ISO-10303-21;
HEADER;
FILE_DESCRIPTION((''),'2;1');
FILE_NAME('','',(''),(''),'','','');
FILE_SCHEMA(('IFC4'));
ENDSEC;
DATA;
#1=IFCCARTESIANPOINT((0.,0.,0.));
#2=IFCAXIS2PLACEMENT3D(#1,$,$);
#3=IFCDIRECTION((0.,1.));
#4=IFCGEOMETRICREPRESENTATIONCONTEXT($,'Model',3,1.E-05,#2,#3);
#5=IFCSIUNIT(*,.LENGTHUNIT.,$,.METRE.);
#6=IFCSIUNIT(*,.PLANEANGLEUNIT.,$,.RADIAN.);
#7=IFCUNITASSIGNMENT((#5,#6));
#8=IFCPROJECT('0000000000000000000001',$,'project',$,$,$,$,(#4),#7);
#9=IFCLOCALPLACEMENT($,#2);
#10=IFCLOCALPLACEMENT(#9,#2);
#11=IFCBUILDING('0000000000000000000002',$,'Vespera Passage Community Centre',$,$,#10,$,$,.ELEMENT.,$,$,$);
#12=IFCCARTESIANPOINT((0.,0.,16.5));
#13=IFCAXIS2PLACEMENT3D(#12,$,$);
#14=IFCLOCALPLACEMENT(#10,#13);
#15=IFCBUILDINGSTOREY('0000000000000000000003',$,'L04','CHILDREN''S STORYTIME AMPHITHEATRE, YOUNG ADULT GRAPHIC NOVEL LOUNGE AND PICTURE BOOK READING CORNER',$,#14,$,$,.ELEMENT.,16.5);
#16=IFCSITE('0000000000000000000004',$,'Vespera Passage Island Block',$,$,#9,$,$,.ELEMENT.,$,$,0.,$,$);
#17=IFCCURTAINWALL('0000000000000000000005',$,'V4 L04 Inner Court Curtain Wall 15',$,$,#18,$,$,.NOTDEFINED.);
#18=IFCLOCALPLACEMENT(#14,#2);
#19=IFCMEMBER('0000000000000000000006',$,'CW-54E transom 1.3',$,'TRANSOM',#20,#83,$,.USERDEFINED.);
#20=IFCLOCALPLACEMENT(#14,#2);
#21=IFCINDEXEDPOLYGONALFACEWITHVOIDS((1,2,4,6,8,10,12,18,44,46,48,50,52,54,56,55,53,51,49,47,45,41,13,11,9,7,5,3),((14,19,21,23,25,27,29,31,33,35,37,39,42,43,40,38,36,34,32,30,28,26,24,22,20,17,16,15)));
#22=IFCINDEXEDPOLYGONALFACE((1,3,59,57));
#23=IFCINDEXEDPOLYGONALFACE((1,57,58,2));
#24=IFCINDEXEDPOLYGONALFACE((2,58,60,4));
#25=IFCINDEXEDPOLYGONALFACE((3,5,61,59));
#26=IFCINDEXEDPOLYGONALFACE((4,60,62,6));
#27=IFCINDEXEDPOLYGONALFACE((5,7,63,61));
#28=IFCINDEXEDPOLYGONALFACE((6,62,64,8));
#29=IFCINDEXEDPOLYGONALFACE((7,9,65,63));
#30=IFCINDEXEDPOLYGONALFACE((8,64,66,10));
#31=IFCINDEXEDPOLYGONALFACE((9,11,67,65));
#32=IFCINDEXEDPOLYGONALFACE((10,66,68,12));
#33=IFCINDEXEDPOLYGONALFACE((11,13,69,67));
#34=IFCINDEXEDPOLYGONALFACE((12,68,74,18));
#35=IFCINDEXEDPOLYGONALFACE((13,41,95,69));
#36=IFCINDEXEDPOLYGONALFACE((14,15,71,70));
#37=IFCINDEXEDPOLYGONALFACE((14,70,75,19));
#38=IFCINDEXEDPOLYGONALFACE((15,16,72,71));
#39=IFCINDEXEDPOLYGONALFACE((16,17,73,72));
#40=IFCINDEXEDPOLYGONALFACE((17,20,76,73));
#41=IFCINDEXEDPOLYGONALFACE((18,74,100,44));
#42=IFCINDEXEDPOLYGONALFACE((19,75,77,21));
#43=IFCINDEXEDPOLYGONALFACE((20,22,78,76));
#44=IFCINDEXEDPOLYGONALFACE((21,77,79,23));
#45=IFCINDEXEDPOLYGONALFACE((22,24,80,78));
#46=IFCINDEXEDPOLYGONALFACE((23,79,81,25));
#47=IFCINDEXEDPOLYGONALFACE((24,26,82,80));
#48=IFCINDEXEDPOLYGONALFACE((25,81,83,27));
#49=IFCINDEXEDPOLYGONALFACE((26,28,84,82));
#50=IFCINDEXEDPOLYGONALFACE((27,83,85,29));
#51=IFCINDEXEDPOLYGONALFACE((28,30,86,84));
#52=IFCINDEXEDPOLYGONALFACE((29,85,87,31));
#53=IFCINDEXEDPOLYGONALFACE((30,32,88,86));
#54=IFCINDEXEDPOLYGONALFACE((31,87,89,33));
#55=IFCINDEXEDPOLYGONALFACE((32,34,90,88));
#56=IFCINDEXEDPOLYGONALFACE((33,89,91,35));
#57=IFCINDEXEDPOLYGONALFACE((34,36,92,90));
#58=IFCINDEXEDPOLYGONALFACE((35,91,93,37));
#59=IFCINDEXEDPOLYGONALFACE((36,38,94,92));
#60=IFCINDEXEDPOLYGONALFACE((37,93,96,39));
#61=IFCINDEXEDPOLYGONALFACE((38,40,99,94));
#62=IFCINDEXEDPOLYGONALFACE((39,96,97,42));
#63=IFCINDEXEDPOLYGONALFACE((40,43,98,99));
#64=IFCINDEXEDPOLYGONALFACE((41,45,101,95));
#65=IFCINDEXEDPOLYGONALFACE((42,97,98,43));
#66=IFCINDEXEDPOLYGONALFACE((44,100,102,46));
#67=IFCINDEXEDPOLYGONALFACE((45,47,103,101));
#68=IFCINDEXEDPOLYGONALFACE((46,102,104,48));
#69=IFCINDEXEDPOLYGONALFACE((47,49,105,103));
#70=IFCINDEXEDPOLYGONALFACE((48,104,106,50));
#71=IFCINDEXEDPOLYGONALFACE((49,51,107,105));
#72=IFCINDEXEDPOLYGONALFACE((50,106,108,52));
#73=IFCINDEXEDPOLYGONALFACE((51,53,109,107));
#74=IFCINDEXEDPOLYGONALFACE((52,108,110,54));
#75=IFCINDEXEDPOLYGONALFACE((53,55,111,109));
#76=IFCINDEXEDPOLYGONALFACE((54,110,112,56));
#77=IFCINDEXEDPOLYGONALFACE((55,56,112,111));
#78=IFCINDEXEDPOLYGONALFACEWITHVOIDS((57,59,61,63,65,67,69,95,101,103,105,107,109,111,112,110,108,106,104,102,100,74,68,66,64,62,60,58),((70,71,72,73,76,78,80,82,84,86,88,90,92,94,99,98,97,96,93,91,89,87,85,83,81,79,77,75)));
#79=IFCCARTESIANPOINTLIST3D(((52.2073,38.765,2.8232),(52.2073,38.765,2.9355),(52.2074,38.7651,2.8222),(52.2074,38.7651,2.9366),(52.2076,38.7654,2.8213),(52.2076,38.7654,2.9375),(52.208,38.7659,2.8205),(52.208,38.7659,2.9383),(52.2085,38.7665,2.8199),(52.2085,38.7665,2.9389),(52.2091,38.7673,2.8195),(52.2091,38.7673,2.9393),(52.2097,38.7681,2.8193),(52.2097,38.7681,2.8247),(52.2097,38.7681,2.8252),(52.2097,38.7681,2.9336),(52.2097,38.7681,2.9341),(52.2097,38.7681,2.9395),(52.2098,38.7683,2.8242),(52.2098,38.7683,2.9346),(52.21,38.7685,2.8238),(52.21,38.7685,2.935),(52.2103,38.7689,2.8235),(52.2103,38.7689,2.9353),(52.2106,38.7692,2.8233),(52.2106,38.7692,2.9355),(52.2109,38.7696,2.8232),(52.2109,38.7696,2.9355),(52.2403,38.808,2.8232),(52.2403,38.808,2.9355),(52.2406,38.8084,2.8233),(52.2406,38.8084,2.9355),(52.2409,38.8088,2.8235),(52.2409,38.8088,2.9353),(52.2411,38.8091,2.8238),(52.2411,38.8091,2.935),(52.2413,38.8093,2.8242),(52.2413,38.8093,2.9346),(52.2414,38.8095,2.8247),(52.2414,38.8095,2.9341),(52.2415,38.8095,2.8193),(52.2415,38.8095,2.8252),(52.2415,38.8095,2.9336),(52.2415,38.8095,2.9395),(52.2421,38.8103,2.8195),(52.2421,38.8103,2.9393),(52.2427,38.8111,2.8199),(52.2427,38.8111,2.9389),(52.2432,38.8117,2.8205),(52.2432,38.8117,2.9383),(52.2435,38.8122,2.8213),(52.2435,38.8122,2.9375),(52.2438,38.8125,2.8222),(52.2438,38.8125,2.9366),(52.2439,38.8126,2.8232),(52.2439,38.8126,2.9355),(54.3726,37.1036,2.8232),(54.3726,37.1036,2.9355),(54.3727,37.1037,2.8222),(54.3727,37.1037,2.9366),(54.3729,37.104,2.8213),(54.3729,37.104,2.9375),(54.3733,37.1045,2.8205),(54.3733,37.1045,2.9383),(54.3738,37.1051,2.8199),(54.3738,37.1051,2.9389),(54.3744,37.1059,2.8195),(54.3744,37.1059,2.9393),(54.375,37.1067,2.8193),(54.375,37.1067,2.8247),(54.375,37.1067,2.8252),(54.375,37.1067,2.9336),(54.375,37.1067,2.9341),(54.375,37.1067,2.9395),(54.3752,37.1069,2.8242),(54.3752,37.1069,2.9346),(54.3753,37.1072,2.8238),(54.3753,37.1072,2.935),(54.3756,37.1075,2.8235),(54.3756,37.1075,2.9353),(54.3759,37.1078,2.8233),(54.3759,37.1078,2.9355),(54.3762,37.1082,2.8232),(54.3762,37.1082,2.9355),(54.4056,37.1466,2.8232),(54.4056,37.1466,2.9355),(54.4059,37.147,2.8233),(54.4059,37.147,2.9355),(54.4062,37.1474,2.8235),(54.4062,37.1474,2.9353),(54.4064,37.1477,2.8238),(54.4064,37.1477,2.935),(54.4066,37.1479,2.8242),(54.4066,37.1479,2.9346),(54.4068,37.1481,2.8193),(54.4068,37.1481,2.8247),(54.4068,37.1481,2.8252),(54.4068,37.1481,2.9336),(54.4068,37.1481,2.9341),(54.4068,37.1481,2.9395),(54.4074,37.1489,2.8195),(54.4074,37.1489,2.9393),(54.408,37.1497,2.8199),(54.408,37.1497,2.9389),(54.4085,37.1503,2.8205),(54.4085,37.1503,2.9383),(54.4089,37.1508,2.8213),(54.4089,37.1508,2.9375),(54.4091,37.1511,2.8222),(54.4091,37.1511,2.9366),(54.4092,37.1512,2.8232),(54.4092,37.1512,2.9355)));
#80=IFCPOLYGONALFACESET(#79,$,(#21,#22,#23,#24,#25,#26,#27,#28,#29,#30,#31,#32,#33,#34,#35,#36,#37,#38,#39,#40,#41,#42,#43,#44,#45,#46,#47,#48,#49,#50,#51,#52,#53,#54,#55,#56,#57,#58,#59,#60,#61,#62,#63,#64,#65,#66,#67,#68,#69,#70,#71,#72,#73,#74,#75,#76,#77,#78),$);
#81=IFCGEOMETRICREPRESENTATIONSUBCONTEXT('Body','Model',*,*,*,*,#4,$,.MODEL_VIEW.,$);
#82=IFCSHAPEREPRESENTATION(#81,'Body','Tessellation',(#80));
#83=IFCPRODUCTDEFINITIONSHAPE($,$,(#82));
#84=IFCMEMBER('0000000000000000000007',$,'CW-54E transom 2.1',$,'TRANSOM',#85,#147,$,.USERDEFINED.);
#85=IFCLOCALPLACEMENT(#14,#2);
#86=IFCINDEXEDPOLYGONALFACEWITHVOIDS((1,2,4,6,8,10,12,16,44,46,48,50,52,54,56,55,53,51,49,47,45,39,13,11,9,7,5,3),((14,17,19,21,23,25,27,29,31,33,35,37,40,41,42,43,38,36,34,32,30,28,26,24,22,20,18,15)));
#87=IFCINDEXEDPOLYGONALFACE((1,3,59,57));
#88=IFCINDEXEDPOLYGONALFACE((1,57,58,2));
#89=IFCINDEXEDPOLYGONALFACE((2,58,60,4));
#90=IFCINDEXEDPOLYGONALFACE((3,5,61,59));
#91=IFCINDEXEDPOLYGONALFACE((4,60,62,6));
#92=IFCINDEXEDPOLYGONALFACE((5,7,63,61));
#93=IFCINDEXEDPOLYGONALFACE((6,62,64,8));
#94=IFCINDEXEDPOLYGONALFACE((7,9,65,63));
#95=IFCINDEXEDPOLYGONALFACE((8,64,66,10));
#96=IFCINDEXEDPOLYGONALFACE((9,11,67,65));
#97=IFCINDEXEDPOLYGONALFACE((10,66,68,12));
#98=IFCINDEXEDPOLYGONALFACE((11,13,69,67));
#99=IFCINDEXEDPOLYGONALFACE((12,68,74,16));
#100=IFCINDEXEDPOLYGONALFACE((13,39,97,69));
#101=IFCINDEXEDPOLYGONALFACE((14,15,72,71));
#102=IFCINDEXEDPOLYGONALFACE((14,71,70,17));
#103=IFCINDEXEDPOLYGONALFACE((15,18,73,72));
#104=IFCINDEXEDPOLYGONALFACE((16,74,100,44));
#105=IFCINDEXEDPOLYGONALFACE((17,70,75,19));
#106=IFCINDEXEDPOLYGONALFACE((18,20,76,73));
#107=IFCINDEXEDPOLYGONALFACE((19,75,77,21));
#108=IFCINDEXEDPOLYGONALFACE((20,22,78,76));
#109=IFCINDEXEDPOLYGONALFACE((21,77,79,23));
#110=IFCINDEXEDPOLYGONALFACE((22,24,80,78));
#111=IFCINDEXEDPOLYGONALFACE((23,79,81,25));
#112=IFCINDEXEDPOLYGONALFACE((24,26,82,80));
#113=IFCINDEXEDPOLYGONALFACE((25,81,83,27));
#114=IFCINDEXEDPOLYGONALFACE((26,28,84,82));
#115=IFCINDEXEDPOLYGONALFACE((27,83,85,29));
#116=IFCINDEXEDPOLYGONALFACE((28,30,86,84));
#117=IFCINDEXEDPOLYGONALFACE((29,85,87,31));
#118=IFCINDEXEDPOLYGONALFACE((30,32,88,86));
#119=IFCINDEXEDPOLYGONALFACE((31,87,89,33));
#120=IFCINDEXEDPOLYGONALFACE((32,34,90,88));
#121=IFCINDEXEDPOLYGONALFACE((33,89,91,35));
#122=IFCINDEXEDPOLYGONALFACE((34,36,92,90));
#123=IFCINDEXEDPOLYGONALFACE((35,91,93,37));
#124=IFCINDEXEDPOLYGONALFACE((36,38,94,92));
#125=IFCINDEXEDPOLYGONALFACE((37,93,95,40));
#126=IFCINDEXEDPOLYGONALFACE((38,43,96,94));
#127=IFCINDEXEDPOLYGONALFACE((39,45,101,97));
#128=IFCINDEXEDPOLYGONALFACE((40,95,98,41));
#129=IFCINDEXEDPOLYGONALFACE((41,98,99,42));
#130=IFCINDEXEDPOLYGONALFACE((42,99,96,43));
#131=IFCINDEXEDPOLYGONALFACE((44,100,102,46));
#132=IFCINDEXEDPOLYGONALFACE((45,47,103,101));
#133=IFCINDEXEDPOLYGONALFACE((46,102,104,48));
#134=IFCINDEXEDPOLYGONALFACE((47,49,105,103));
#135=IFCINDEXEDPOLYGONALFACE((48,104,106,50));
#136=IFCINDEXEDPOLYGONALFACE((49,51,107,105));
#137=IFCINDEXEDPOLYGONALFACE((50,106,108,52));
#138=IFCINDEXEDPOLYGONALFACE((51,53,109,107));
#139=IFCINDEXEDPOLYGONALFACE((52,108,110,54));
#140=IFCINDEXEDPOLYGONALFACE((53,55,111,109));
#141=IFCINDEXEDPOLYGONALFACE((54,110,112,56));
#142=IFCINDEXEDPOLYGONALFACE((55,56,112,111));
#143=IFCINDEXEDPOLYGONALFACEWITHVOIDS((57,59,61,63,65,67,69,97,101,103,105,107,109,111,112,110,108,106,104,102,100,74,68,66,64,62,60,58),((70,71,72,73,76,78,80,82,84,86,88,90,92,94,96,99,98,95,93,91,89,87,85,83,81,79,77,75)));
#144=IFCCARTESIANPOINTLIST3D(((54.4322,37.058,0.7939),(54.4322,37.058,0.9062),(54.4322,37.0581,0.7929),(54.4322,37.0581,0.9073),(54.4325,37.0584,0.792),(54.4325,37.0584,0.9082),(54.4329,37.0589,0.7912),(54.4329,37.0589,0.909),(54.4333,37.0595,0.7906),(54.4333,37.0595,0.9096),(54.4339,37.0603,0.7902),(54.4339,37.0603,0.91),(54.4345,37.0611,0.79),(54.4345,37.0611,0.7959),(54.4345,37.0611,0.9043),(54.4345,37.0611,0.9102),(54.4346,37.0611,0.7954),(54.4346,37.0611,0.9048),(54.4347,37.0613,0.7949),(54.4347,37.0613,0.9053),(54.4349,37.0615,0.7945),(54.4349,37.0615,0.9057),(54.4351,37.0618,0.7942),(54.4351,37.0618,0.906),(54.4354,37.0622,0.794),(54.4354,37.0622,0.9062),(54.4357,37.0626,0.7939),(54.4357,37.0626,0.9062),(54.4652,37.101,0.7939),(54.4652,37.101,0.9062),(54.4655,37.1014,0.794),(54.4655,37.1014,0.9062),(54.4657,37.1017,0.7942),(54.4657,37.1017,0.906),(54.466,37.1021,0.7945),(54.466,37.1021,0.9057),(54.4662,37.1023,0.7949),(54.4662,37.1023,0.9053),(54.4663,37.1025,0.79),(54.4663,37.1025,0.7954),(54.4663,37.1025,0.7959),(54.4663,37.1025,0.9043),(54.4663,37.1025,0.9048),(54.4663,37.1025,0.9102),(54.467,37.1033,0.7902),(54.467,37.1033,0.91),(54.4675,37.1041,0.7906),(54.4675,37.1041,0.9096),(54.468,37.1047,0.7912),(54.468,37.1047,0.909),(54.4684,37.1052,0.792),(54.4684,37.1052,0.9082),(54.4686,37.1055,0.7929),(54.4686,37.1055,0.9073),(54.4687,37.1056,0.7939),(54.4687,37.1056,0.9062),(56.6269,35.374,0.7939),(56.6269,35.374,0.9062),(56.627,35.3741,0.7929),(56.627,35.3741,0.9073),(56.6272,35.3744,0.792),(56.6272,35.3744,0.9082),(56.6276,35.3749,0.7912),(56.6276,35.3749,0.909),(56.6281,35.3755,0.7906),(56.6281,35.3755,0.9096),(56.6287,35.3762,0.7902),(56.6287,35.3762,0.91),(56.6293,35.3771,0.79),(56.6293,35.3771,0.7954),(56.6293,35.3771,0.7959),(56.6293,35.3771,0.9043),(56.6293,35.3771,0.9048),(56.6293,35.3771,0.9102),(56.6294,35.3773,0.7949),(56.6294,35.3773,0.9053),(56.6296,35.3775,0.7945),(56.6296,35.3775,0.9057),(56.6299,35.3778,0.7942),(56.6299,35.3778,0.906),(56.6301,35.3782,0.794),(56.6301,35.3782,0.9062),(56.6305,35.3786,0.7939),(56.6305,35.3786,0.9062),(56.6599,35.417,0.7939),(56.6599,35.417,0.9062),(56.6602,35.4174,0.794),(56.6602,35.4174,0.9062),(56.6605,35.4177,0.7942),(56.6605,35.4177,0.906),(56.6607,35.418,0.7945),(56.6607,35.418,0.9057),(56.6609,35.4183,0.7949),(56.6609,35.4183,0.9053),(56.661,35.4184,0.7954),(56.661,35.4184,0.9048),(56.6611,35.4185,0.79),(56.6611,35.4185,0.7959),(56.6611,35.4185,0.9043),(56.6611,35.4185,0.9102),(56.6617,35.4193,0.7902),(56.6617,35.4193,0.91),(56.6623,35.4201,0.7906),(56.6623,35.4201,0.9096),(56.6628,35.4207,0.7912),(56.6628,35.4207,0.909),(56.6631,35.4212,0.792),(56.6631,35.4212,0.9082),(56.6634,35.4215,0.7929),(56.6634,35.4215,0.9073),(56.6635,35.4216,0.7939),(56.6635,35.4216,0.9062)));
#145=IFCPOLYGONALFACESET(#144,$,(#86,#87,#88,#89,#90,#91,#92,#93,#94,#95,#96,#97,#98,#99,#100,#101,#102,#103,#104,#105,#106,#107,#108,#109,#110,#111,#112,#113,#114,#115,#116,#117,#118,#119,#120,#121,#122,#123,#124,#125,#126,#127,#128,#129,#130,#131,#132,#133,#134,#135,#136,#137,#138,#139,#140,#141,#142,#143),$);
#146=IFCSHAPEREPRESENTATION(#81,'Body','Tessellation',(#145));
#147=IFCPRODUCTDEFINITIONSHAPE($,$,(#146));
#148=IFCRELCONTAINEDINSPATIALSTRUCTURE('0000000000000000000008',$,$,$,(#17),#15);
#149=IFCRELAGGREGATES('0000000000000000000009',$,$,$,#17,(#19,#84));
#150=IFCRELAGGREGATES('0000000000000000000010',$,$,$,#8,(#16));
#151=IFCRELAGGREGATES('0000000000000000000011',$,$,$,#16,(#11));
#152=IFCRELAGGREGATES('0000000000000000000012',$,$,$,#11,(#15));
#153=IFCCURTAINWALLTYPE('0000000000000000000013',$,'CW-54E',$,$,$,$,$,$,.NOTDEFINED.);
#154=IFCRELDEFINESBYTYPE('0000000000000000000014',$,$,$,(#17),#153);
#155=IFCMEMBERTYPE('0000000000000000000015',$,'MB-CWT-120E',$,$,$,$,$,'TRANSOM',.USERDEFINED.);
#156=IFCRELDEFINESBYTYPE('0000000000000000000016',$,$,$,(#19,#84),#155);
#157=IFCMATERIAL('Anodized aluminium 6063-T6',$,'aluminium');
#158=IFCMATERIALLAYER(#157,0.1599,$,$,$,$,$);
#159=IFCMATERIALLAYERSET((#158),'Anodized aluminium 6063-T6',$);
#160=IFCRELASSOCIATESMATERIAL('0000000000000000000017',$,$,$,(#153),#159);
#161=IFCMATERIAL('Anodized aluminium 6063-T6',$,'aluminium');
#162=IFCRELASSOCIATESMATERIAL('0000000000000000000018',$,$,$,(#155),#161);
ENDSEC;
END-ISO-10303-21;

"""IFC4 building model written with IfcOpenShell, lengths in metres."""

from ifc_helpers import new_model, si_unit, direction, frame, origin, origin_2d, place, context, subcontext, project, spatial, hollow_rectangle, extrude, material, layer, layer_set, material_profile, profile_set, type_object, element, aggregate, save


model = new_model("IFC4")

# Units and contexts
model_context = context("Model", 3, precision=1e-05, world=origin(), true_north=direction((0.0, 1.0)))
body_context = subcontext(model_context, "Body", "Model", "MODEL_VIEW")
ifc_project = project(units=[si_unit("LENGTHUNIT", "METRE"), si_unit("PLANEANGLEUNIT", "RADIAN")], contexts=[model_context])

# Site, building, storey
site_placement = place(None, origin())
site = spatial("IfcSite", under=ifc_project, at=site_placement, Name="Vespera Passage Island Block", CompositionType="ELEMENT", RefElevation=0.0)
building_placement = place(site_placement, origin())
building = spatial("IfcBuilding", under=site, at=building_placement, Name="Vespera Passage Community Centre", CompositionType="ELEMENT")
storey_placement = place(building_placement, frame((0.0, 0.0, 16.5)))
storey = spatial("IfcBuildingStorey", under=building, at=storey_placement, Name="L04", Description="CHILDREN'S STORYTIME AMPHITHEATRE, YOUNG ADULT GRAPHIC NOVEL LOUNGE AND PICTURE BOOK READING CORNER", CompositionType="ELEMENT", Elevation=16.5)

# Curtain wall
ifc_material_1 = material(Name="Anodized aluminium 6063-T6", Category="aluminium")
ifc_layer_1 = layer(ifc_material_1, 0.1599)
ifc_layer_set_1 = layer_set([ifc_layer_1], Name="Anodized aluminium 6063-T6")
curtain_wall_type_1 = type_object("IfcCurtainWallType", Name="CW-54E", PredefinedType="NOTDEFINED", material=ifc_layer_set_1)
curtain_wall_1_placement = place(storey_placement, origin())
curtain_wall_1 = element("IfcCurtainWall", 1, at=curtain_wall_1_placement, inside=storey, type_object=curtain_wall_type_1, Name="V4 L04 Inner Court Curtain Wall 15", PredefinedType="NOTDEFINED")

# Members
ifc_material_2 = material(Name="Anodized aluminium 6063-T6", Category="aluminium")
ifc_material_profile_1 = material_profile(ifc_material_2, hollow_rectangle(XDim=0.0601, YDim=0.1201, WallThickness=0.0039, InnerFilletRadius=0.002, OuterFilletRadius=0.0039, at=origin_2d()), Name="ALU120X60X4")
ifc_profile_set_1 = profile_set([ifc_material_profile_1], Name="Anodized aluminium 6063-T6")
member_type_1 = type_object("IfcMemberType", Name="MB-CWT-120E", ElementType="TRANSOM", PredefinedType="USERDEFINED", material=ifc_profile_set_1)
member_1_placement = place(storey_placement, frame((52.2256, 38.7888, 2.8794), z_axis=(0.793372, -0.608738, 0.0), x_axis=(0.608738, 0.793372, 0.0)))
member_1 = element("IfcMember", 2, at=member_1_placement, type_object=member_type_1, Name="CW-54E transom 1.3", ObjectType="TRANSOM", PredefinedType="USERDEFINED", context=body_context, shape_type="SweptSolid", body=[
    extrude(hollow_rectangle(XDim=0.0601, YDim=0.1201, WallThickness=0.0039, InnerFilletRadius=0.002, OuterFilletRadius=0.0039, at=origin_2d()), origin(), (0.0, 0.0, 1.0), 2.7292),
])
member_2_placement = place(storey_placement, frame((54.4504, 37.0818, 0.8501), z_axis=(0.793365, -0.608746, 0.0), x_axis=(0.608746, 0.793365, 0.0)))
member_2 = element("IfcMember", 3, at=member_2_placement, type_object=member_type_1, Name="CW-54E transom 2.1", ObjectType="TRANSOM", PredefinedType="USERDEFINED", context=body_context, shape_type="SweptSolid", body=[
    extrude(hollow_rectangle(XDim=0.0601, YDim=0.1201, WallThickness=0.0039, InnerFilletRadius=0.002, OuterFilletRadius=0.0039, at=origin_2d()), origin(), (0.0, 0.0, 1.0), 2.7664),
])

aggregate(curtain_wall_1, [member_1, member_2])

save(model, "model.ifc")
